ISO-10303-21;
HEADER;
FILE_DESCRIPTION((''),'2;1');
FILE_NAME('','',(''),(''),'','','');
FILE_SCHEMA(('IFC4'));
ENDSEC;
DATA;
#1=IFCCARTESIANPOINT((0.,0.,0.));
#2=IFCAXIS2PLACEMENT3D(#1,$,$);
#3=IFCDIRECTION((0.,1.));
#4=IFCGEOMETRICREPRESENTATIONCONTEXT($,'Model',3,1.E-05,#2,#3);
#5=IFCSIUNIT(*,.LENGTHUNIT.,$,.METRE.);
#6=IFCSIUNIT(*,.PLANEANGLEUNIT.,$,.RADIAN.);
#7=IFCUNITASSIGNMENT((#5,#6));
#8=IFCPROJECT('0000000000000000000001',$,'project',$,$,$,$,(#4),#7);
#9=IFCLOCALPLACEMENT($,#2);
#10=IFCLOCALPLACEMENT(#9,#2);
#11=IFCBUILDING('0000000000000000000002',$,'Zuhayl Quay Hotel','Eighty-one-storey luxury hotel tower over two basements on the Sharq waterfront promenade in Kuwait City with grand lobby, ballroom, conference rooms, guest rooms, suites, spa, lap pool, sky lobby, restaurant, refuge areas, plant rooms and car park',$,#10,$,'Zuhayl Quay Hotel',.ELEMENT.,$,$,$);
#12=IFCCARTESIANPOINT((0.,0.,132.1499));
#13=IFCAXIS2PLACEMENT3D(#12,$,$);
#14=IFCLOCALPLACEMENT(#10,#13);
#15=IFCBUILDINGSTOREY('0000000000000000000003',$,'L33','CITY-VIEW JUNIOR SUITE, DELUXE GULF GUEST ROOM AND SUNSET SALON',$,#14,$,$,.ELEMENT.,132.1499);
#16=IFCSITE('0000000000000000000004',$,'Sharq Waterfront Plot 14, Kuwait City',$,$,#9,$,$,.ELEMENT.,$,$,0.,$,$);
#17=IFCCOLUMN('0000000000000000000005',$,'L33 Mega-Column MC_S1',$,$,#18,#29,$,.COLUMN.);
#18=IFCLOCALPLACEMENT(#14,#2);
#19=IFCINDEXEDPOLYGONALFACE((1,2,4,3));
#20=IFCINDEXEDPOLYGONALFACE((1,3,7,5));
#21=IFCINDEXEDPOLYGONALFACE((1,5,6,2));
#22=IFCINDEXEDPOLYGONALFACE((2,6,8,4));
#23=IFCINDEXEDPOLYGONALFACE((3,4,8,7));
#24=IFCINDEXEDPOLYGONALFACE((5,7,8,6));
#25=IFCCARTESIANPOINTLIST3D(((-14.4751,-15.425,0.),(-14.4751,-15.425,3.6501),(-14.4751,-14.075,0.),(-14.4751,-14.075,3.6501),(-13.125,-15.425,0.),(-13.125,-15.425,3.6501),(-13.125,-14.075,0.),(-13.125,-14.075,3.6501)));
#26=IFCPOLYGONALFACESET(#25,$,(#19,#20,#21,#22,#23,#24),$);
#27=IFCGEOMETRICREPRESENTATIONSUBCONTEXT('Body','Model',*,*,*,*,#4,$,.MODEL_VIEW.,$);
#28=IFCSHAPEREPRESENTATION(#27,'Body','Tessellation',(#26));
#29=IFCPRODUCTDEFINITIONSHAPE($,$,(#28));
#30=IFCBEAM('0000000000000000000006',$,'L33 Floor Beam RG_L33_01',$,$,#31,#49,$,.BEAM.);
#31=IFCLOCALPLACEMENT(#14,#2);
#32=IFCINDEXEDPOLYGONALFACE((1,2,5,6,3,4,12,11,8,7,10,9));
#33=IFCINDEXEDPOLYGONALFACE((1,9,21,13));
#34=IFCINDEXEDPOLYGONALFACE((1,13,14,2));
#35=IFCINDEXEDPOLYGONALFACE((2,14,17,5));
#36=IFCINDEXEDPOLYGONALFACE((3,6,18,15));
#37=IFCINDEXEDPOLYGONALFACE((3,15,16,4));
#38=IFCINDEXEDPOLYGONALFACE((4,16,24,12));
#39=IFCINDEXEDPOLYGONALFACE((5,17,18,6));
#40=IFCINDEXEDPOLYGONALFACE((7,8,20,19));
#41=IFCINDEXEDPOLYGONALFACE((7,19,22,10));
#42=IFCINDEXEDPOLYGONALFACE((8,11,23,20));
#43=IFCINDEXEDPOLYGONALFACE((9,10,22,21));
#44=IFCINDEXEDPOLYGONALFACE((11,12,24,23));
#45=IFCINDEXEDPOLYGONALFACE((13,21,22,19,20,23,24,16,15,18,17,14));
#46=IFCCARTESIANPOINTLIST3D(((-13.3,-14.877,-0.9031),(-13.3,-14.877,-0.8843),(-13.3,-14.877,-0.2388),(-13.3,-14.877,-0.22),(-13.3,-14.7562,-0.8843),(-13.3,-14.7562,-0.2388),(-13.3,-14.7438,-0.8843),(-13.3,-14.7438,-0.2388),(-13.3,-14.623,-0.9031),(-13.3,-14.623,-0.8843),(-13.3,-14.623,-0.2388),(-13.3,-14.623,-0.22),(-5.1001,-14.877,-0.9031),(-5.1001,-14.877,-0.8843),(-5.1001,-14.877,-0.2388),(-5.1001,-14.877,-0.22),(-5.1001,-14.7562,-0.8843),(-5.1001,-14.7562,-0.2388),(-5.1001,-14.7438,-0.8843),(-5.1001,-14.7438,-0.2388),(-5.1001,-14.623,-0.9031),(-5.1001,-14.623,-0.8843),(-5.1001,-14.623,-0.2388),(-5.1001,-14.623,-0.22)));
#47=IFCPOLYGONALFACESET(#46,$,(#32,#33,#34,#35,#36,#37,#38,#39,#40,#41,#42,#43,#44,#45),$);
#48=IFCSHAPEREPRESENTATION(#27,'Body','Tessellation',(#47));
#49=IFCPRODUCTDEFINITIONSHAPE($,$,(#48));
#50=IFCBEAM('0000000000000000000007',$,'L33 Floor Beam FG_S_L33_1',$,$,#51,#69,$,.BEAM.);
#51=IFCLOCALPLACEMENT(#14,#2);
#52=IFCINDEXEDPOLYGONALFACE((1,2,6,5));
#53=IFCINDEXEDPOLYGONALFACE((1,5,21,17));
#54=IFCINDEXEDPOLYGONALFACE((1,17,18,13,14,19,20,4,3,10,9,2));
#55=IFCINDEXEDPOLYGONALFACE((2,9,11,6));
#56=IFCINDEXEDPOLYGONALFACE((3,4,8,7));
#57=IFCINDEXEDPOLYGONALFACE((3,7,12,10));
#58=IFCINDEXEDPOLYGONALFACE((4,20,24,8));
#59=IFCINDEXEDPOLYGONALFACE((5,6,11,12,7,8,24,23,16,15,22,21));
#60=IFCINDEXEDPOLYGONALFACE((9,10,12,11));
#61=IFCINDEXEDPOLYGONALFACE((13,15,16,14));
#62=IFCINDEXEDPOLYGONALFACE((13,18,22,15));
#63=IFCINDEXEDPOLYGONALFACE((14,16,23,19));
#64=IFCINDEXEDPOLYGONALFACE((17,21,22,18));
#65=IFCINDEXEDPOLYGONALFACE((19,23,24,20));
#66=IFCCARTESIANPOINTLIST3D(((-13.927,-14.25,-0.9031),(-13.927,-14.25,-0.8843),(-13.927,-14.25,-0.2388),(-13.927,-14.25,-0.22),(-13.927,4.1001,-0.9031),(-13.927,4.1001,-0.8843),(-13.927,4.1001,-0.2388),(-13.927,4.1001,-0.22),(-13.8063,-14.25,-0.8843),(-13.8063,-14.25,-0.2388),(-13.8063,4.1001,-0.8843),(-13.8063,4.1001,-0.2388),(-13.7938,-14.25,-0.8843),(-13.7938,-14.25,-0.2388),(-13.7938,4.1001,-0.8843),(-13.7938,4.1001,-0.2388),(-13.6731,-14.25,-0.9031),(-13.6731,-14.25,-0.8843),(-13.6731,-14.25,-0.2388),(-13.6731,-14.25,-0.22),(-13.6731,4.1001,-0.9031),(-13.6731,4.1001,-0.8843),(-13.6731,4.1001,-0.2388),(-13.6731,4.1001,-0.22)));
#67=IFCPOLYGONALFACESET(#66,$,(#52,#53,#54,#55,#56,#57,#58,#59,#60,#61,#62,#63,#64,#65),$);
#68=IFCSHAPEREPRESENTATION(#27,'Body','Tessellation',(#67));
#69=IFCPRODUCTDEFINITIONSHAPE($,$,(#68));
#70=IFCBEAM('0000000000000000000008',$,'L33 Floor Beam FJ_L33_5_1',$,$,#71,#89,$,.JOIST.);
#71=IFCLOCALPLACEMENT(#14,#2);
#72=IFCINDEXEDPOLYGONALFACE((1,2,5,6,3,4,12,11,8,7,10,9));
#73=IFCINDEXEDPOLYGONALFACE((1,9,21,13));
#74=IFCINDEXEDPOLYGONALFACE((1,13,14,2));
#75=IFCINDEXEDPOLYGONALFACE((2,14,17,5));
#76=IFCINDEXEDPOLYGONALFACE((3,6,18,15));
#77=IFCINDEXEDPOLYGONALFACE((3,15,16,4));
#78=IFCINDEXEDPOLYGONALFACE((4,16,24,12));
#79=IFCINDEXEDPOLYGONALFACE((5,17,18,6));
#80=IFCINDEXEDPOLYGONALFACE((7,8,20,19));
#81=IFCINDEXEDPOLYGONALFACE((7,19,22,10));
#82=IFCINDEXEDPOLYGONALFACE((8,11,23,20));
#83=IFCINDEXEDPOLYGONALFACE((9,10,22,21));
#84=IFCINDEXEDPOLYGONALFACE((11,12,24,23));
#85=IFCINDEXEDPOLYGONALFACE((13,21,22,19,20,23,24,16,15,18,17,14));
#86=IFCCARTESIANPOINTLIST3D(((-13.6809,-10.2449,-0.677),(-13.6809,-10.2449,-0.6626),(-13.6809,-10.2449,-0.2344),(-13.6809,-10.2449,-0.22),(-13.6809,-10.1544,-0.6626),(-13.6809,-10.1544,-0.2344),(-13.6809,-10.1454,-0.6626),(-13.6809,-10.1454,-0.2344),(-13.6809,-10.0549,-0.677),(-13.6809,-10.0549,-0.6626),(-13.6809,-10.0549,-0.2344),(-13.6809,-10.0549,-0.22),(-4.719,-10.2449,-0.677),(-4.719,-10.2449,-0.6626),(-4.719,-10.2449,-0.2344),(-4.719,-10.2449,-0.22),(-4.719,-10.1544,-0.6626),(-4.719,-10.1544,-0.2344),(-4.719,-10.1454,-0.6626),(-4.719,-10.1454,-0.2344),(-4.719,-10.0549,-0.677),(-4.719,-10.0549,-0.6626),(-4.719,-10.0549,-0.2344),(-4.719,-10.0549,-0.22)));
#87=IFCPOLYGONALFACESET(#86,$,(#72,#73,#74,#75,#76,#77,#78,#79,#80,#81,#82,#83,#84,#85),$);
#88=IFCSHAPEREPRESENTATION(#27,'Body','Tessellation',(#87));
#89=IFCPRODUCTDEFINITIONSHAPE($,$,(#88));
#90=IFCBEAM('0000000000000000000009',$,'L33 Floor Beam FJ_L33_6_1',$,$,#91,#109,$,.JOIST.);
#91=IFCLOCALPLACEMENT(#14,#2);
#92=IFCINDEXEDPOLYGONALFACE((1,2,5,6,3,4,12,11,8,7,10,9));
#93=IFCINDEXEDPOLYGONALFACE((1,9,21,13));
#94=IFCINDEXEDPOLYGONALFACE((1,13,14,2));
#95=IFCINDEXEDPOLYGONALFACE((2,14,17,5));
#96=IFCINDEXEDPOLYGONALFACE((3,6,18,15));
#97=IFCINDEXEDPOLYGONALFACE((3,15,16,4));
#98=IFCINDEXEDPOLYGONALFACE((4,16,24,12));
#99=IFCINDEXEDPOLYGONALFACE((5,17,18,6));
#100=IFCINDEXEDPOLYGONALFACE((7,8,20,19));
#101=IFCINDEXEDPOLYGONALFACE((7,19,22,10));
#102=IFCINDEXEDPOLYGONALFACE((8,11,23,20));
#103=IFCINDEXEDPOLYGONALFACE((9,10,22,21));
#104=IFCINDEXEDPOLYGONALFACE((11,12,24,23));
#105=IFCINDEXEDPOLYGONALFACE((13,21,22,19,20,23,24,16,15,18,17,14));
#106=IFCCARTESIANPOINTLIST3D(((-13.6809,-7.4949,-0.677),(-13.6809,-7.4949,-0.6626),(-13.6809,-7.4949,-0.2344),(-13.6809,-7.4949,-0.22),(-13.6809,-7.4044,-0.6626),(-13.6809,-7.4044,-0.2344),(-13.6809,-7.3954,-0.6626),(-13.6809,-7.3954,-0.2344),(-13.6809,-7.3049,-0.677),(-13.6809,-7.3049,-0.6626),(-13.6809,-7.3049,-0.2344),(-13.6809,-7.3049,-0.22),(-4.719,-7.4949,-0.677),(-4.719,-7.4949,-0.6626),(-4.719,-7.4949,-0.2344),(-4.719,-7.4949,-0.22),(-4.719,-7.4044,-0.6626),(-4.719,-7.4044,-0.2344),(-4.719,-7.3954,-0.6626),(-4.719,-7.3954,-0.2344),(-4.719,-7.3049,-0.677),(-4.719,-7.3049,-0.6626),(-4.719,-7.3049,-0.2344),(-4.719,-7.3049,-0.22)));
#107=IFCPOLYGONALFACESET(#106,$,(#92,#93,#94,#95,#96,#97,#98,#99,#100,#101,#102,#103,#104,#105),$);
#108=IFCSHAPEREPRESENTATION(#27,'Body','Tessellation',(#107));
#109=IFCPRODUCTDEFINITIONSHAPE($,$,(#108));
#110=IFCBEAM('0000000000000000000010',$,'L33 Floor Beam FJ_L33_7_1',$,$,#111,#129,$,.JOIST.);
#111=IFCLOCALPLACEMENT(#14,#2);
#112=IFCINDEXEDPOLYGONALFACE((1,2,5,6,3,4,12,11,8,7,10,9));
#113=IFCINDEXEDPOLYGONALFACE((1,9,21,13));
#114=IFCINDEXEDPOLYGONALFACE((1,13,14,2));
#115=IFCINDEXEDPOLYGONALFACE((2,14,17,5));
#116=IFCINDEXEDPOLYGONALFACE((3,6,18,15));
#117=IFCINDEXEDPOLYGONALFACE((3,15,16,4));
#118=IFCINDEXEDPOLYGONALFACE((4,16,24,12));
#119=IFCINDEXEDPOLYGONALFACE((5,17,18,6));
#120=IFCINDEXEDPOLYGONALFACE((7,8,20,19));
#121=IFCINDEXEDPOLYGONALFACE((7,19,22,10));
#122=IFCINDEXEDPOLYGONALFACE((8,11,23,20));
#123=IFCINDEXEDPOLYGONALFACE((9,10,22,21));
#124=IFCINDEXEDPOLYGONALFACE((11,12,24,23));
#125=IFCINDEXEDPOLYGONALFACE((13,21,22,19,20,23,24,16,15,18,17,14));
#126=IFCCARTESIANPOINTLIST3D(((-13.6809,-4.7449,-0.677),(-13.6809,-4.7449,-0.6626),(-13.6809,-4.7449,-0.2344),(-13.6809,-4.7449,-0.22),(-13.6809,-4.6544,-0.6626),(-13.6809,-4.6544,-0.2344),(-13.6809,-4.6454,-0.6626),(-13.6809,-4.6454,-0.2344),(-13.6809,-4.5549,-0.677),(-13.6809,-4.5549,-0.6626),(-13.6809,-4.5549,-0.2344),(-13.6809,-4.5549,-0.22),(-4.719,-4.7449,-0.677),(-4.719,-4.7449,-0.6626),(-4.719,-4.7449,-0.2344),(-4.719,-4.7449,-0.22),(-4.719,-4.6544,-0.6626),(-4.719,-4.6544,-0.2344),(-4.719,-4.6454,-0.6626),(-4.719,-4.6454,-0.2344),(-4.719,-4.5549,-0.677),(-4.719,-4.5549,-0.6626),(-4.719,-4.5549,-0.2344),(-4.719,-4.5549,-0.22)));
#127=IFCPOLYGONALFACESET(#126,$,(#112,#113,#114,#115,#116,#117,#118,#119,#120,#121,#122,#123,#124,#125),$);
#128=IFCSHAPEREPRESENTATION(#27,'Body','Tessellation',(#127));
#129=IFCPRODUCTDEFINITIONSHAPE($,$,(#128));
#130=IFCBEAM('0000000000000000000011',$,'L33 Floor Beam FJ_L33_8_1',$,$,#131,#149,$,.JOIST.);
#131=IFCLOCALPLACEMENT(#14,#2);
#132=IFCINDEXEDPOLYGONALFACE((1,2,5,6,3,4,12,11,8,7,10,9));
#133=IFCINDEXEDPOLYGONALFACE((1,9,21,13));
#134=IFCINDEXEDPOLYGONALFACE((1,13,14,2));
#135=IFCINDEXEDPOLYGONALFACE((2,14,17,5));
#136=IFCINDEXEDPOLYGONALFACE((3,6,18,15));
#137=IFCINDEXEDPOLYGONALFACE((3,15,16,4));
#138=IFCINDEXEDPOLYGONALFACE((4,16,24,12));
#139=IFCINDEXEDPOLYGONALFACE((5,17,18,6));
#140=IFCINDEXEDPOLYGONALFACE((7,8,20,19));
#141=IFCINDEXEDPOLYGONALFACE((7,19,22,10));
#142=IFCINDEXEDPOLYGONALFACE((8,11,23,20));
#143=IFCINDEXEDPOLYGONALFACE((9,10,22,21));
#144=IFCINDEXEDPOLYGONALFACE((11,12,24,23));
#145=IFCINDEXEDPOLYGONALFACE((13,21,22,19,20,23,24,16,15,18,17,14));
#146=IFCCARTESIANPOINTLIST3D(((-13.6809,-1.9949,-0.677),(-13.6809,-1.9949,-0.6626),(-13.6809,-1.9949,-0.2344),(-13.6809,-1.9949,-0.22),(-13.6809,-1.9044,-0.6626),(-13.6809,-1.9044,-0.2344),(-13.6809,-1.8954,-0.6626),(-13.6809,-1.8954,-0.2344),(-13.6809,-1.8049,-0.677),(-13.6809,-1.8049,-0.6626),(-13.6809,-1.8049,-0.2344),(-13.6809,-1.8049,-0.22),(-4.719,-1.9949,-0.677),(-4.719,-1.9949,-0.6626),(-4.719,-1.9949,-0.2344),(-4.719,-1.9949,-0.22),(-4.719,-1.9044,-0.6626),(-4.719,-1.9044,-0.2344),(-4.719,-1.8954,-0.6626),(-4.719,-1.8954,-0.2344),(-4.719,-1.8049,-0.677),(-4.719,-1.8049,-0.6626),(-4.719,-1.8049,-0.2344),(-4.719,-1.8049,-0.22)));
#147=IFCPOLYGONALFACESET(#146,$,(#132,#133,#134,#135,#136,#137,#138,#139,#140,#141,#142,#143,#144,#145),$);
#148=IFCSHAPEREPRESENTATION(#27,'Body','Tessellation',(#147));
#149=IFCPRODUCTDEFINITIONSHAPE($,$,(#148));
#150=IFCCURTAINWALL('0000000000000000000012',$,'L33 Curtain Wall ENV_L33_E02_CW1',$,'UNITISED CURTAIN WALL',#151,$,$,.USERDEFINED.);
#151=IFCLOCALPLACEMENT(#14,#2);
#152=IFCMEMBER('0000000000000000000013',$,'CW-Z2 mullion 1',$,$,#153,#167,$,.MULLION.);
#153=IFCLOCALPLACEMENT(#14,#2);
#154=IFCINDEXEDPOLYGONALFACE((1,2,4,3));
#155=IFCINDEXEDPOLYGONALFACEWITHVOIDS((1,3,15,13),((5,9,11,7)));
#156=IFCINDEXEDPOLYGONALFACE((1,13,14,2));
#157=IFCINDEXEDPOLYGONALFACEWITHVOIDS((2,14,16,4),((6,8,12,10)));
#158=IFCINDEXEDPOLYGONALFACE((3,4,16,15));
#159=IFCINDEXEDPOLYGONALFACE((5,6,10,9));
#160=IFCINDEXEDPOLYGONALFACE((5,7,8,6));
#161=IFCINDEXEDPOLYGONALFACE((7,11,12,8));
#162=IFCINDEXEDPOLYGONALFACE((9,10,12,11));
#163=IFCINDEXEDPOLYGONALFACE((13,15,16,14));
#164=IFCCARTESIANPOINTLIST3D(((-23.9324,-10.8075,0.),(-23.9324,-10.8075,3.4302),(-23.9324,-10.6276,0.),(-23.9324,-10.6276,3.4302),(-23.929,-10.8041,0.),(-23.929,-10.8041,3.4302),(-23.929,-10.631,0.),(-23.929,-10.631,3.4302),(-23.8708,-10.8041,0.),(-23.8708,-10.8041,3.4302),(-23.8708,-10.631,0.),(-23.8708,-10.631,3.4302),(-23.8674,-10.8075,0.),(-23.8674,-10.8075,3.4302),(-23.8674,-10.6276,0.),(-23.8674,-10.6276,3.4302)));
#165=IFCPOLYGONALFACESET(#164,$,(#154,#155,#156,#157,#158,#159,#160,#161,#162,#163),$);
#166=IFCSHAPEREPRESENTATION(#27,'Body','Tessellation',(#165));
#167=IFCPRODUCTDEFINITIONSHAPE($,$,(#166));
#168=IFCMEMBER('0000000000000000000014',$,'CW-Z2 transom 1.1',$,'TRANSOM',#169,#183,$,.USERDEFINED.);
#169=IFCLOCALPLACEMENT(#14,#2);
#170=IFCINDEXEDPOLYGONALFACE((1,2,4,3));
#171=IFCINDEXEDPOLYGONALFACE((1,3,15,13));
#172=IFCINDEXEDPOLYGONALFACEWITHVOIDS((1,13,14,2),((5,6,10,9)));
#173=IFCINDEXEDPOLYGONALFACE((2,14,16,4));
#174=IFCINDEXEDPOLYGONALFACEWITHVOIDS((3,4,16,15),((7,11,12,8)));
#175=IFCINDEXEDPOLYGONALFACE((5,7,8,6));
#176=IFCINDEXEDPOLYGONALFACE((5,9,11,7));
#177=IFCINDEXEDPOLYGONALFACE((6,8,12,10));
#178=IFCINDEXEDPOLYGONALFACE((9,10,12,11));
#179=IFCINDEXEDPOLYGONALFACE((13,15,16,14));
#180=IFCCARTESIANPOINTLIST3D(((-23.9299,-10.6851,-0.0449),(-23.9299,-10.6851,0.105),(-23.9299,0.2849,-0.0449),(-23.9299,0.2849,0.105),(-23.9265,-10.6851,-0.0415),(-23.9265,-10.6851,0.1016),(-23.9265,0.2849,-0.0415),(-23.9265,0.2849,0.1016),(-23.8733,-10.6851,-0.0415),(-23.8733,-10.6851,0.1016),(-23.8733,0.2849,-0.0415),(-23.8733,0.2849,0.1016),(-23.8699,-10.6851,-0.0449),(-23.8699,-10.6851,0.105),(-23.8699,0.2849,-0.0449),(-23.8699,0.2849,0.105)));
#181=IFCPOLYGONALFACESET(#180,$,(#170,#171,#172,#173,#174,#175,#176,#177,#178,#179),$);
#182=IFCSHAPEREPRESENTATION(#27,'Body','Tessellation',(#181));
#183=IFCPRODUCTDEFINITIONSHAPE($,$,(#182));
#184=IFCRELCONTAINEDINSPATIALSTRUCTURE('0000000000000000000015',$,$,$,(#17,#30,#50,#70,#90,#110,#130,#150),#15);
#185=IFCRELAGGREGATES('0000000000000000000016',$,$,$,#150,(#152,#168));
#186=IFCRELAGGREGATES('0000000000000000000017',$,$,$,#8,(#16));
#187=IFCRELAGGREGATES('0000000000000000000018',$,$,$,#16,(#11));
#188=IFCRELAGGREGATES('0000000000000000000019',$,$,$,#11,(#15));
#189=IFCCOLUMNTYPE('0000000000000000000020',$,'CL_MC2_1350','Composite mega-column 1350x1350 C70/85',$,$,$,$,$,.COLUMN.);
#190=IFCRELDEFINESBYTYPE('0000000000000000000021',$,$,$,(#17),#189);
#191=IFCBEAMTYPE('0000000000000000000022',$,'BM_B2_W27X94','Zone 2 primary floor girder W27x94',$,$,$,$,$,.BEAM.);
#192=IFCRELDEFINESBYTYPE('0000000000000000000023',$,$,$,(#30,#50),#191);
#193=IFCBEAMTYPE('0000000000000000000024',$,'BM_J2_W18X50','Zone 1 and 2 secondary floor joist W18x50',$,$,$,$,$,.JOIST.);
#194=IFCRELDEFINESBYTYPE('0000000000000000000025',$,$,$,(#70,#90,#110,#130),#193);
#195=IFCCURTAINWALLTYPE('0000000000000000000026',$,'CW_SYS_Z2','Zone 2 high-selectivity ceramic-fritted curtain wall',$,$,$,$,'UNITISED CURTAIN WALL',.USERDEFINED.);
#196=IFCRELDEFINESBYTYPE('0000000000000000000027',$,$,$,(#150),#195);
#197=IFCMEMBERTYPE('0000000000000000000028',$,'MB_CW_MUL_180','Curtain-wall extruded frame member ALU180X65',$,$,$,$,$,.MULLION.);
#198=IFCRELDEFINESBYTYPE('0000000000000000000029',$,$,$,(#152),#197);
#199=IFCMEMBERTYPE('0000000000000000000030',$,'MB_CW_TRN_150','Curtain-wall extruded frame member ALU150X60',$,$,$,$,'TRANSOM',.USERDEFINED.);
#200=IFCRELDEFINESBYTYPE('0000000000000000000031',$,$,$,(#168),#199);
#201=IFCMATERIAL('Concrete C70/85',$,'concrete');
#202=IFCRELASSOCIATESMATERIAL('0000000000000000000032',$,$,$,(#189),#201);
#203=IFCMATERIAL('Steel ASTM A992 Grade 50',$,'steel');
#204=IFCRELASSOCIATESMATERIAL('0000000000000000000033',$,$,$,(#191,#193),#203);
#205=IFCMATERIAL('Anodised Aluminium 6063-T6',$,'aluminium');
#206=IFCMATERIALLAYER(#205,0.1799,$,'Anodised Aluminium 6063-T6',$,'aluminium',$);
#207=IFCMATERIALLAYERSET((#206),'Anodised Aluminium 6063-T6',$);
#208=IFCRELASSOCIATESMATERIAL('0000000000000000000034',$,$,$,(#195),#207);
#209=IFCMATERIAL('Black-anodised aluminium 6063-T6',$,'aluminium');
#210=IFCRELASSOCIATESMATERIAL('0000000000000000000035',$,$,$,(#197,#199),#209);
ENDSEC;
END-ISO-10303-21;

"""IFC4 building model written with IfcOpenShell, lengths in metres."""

from ifc_helpers import new_model, si_unit, direction, frame, origin, origin_2d, place, context, subcontext, project, spatial, rectangle, hollow_rectangle, i_section, extrude, material, layer, layer_set, material_profile, profile_set, type_object, element, aggregate, save


model = new_model("IFC4")

# Units and contexts
model_context = context("Model", 3, precision=1e-05, world=origin(), true_north=direction((0.0, 1.0)))
body_context = subcontext(model_context, "Body", "Model", "MODEL_VIEW")
ifc_project = project(units=[si_unit("LENGTHUNIT", "METRE"), si_unit("PLANEANGLEUNIT", "RADIAN")], contexts=[model_context])

# Site, building, storey
site_placement = place(None, origin())
site = spatial("IfcSite", under=ifc_project, at=site_placement, Name="Sharq Waterfront Plot 14, Kuwait City", CompositionType="ELEMENT", RefElevation=0.0)
building_placement = place(site_placement, origin())
building = spatial("IfcBuilding", under=site, at=building_placement, Name="Zuhayl Quay Hotel", Description="Eighty-one-storey luxury hotel tower over two basements on the Sharq waterfront promenade in Kuwait City with grand lobby, ballroom, conference rooms, guest rooms, suites, spa, lap pool, sky lobby, restaurant, refuge areas, plant rooms and car park", LongName="Zuhayl Quay Hotel", CompositionType="ELEMENT")
storey_placement = place(building_placement, frame((0.0, 0.0, 132.1499)))
storey = spatial("IfcBuildingStorey", under=building, at=storey_placement, Name="L33", Description="CITY-VIEW JUNIOR SUITE, DELUXE GULF GUEST ROOM AND SUNSET SALON", CompositionType="ELEMENT", Elevation=132.1499)

# Column
ifc_material_1 = material(Name="Concrete C70/85", Category="concrete")
ifc_material_profile_1 = material_profile(ifc_material_1, rectangle(XDim=1.3501, YDim=1.3501, at=origin_2d()), Name="RC1350X1350")
ifc_profile_set_1 = profile_set([ifc_material_profile_1], Name="Concrete C70/85")
column_type = type_object("IfcColumnType", Name="CL_MC2_1350", Description="Composite mega-column 1350x1350 C70/85", PredefinedType="COLUMN", material=ifc_profile_set_1)
column_placement = place(storey_placement, frame((-13.8, -14.75, 0.0), z_axis=(0.0, 0.0, 1.0), x_axis=(1.0, 0.0, 0.0)))
element("IfcColumn", 1, at=column_placement, inside=storey, type_object=column_type, Name="L33 Mega-Column MC_S1", PredefinedType="COLUMN", context=body_context, shape_type="SweptSolid", body=[
    extrude(rectangle(XDim=1.3501, YDim=1.3501, at=origin_2d()), origin(), (0.0, 0.0, 1.0), 3.6501),
])

# Beams
ifc_material_2 = material(Name="Steel ASTM A992 Grade 50", Category="steel")
ifc_material_profile_2 = material_profile(ifc_material_2, i_section(OverallWidth=0.2539, OverallDepth=0.6831, WebThickness=0.0125, FlangeThickness=0.0188, at=origin_2d()), Name="W27X94")
ifc_profile_set_2 = profile_set([ifc_material_profile_2], Name="Steel ASTM A992 Grade 50")
beam_type_1 = type_object("IfcBeamType", Name="BM_B2_W27X94", Description="Zone 2 primary floor girder W27x94", PredefinedType="BEAM", material=ifc_profile_set_2)
beam_1_placement = place(storey_placement, frame((-13.3, -14.75, -0.5615), z_axis=(1.0, 0.0, 0.0), x_axis=(0.0, 1.0, 0.0)))
element("IfcBeam", 2, at=beam_1_placement, inside=storey, type_object=beam_type_1, Name="L33 Floor Beam RG_L33_01", PredefinedType="BEAM", context=body_context, shape_type="SweptSolid", body=[
    extrude(i_section(OverallWidth=0.2539, OverallDepth=0.6831, WebThickness=0.0125, FlangeThickness=0.0188, at=origin_2d()), origin(), (0.0, 0.0, 1.0), 8.2),
])
beam_2_placement = place(storey_placement, frame((-13.8, -14.25, -0.5615), z_axis=(0.0, 1.0, 0.0), x_axis=(-1.0, 0.0, 0.0)))
element("IfcBeam", 3, at=beam_2_placement, inside=storey, type_object=beam_type_1, Name="L33 Floor Beam FG_S_L33_1", PredefinedType="BEAM", context=body_context, shape_type="SweptSolid", body=[
    extrude(i_section(OverallWidth=0.2539, OverallDepth=0.6831, WebThickness=0.0125, FlangeThickness=0.0188, at=origin_2d()), origin(), (0.0, 0.0, 1.0), 18.3501),
])
ifc_material_profile_3 = material_profile(ifc_material_2, i_section(OverallWidth=0.1899, OverallDepth=0.457, WebThickness=0.009, FlangeThickness=0.0144, at=origin_2d()), Name="W18X50")
ifc_profile_set_3 = profile_set([ifc_material_profile_3], Name="Steel ASTM A992 Grade 50")
beam_type_2 = type_object("IfcBeamType", Name="BM_J2_W18X50", Description="Zone 1 and 2 secondary floor joist W18x50", PredefinedType="JOIST", material=ifc_profile_set_3)
for number, where, z_axis, x_axis, name in (
    (4, (-13.6809, -10.1499, -0.4485), (1.0, 0.0, 0.0), (0.0, 1.0, 0.0), "L33 Floor Beam FJ_L33_5_1"),
    (5, (-13.6809, -7.3999, -0.4485), (1.0, 0.0, 0.0), (0.0, 1.0, 0.0), "L33 Floor Beam FJ_L33_6_1"),
    (6, (-13.6809, -4.6499, -0.4485), (1.0, 0.0, 0.0), (0.0, 1.0, 0.0), "L33 Floor Beam FJ_L33_7_1"),
    (7, (-13.6809, -1.8999, -0.4485), (1.0, 0.0, 0.0), (0.0, 1.0, 0.0), "L33 Floor Beam FJ_L33_8_1"),
):
    element("IfcBeam", number, at=place(storey_placement, frame(where, z_axis=z_axis, x_axis=x_axis)), inside=storey, type_object=beam_type_2, Name=name, PredefinedType="JOIST", context=body_context, shape_type="SweptSolid", body=[
        extrude(i_section(OverallWidth=0.1899, OverallDepth=0.457, WebThickness=0.009, FlangeThickness=0.0144, at=origin_2d()), origin(), (0.0, 0.0, 1.0), 8.9619),
    ])

# Curtain wall, members
ifc_material_3 = material(Name="Anodised Aluminium 6063-T6", Category="aluminium")
ifc_layer_1 = layer(ifc_material_3, 0.1799, Name="Anodised Aluminium 6063-T6", Category="aluminium")
ifc_layer_set_1 = layer_set([ifc_layer_1], Name="Anodised Aluminium 6063-T6")
curtain_wall_type = type_object("IfcCurtainWallType", Name="CW_SYS_Z2", Description="Zone 2 high-selectivity ceramic-fritted curtain wall", ElementType="UNITISED CURTAIN WALL", PredefinedType="USERDEFINED", material=ifc_layer_set_1)
curtain_wall_placement = place(storey_placement, origin())
curtain_wall = element("IfcCurtainWall", 8, at=curtain_wall_placement, inside=storey, type_object=curtain_wall_type, Name="L33 Curtain Wall ENV_L33_E02_CW1", ObjectType="UNITISED CURTAIN WALL", PredefinedType="USERDEFINED")
ifc_material_4 = material(Name="Black-anodised aluminium 6063-T6", Category="aluminium")
ifc_material_profile_4 = material_profile(ifc_material_4, hollow_rectangle(XDim=0.0649, YDim=0.1799, WallThickness=0.0034, at=origin_2d()), Name="ALU180X65")
ifc_profile_set_4 = profile_set([ifc_material_profile_4], Name="Black-anodised aluminium 6063-T6")
member_type_1 = type_object("IfcMemberType", Name="MB_CW_MUL_180", Description="Curtain-wall extruded frame member ALU180X65", PredefinedType="MULLION", material=ifc_profile_set_4)
member_1_placement = place(storey_placement, frame((-23.8999, -10.7175, 0.0), z_axis=(0.0, 0.0, 1.0), x_axis=(-1.0, 0.0, 0.0)))
member_1 = element("IfcMember", 9, at=member_1_placement, type_object=member_type_1, Name="CW-Z2 mullion 1", PredefinedType="MULLION", context=body_context, shape_type="SweptSolid", body=[
    extrude(hollow_rectangle(XDim=0.0649, YDim=0.1799, WallThickness=0.0034, at=origin_2d()), origin(), (0.0, 0.0, 1.0), 3.4302),
])
ifc_material_profile_5 = material_profile(ifc_material_4, hollow_rectangle(XDim=0.0601, YDim=0.1499, WallThickness=0.0034, at=origin_2d()), Name="ALU150X60")
ifc_profile_set_5 = profile_set([ifc_material_profile_5], Name="Black-anodised aluminium 6063-T6")
member_type_2 = type_object("IfcMemberType", Name="MB_CW_TRN_150", Description="Curtain-wall extruded frame member ALU150X60", ElementType="TRANSOM", PredefinedType="USERDEFINED", material=ifc_profile_set_5)
member_2_placement = place(storey_placement, frame((-23.8999, -10.6851, 0.03), z_axis=(0.0, 1.0, 0.0), x_axis=(-1.0, 0.0, 0.0)))
member_2 = element("IfcMember", 10, at=member_2_placement, type_object=member_type_2, Name="CW-Z2 transom 1.1", ObjectType="TRANSOM", PredefinedType="USERDEFINED", context=body_context, shape_type="SweptSolid", body=[
    extrude(hollow_rectangle(XDim=0.0601, YDim=0.1499, WallThickness=0.0034, at=origin_2d()), origin(), (0.0, 0.0, 1.0), 10.97),
])
aggregate(curtain_wall, [member_1, member_2])

save(model, "model.ifc")
